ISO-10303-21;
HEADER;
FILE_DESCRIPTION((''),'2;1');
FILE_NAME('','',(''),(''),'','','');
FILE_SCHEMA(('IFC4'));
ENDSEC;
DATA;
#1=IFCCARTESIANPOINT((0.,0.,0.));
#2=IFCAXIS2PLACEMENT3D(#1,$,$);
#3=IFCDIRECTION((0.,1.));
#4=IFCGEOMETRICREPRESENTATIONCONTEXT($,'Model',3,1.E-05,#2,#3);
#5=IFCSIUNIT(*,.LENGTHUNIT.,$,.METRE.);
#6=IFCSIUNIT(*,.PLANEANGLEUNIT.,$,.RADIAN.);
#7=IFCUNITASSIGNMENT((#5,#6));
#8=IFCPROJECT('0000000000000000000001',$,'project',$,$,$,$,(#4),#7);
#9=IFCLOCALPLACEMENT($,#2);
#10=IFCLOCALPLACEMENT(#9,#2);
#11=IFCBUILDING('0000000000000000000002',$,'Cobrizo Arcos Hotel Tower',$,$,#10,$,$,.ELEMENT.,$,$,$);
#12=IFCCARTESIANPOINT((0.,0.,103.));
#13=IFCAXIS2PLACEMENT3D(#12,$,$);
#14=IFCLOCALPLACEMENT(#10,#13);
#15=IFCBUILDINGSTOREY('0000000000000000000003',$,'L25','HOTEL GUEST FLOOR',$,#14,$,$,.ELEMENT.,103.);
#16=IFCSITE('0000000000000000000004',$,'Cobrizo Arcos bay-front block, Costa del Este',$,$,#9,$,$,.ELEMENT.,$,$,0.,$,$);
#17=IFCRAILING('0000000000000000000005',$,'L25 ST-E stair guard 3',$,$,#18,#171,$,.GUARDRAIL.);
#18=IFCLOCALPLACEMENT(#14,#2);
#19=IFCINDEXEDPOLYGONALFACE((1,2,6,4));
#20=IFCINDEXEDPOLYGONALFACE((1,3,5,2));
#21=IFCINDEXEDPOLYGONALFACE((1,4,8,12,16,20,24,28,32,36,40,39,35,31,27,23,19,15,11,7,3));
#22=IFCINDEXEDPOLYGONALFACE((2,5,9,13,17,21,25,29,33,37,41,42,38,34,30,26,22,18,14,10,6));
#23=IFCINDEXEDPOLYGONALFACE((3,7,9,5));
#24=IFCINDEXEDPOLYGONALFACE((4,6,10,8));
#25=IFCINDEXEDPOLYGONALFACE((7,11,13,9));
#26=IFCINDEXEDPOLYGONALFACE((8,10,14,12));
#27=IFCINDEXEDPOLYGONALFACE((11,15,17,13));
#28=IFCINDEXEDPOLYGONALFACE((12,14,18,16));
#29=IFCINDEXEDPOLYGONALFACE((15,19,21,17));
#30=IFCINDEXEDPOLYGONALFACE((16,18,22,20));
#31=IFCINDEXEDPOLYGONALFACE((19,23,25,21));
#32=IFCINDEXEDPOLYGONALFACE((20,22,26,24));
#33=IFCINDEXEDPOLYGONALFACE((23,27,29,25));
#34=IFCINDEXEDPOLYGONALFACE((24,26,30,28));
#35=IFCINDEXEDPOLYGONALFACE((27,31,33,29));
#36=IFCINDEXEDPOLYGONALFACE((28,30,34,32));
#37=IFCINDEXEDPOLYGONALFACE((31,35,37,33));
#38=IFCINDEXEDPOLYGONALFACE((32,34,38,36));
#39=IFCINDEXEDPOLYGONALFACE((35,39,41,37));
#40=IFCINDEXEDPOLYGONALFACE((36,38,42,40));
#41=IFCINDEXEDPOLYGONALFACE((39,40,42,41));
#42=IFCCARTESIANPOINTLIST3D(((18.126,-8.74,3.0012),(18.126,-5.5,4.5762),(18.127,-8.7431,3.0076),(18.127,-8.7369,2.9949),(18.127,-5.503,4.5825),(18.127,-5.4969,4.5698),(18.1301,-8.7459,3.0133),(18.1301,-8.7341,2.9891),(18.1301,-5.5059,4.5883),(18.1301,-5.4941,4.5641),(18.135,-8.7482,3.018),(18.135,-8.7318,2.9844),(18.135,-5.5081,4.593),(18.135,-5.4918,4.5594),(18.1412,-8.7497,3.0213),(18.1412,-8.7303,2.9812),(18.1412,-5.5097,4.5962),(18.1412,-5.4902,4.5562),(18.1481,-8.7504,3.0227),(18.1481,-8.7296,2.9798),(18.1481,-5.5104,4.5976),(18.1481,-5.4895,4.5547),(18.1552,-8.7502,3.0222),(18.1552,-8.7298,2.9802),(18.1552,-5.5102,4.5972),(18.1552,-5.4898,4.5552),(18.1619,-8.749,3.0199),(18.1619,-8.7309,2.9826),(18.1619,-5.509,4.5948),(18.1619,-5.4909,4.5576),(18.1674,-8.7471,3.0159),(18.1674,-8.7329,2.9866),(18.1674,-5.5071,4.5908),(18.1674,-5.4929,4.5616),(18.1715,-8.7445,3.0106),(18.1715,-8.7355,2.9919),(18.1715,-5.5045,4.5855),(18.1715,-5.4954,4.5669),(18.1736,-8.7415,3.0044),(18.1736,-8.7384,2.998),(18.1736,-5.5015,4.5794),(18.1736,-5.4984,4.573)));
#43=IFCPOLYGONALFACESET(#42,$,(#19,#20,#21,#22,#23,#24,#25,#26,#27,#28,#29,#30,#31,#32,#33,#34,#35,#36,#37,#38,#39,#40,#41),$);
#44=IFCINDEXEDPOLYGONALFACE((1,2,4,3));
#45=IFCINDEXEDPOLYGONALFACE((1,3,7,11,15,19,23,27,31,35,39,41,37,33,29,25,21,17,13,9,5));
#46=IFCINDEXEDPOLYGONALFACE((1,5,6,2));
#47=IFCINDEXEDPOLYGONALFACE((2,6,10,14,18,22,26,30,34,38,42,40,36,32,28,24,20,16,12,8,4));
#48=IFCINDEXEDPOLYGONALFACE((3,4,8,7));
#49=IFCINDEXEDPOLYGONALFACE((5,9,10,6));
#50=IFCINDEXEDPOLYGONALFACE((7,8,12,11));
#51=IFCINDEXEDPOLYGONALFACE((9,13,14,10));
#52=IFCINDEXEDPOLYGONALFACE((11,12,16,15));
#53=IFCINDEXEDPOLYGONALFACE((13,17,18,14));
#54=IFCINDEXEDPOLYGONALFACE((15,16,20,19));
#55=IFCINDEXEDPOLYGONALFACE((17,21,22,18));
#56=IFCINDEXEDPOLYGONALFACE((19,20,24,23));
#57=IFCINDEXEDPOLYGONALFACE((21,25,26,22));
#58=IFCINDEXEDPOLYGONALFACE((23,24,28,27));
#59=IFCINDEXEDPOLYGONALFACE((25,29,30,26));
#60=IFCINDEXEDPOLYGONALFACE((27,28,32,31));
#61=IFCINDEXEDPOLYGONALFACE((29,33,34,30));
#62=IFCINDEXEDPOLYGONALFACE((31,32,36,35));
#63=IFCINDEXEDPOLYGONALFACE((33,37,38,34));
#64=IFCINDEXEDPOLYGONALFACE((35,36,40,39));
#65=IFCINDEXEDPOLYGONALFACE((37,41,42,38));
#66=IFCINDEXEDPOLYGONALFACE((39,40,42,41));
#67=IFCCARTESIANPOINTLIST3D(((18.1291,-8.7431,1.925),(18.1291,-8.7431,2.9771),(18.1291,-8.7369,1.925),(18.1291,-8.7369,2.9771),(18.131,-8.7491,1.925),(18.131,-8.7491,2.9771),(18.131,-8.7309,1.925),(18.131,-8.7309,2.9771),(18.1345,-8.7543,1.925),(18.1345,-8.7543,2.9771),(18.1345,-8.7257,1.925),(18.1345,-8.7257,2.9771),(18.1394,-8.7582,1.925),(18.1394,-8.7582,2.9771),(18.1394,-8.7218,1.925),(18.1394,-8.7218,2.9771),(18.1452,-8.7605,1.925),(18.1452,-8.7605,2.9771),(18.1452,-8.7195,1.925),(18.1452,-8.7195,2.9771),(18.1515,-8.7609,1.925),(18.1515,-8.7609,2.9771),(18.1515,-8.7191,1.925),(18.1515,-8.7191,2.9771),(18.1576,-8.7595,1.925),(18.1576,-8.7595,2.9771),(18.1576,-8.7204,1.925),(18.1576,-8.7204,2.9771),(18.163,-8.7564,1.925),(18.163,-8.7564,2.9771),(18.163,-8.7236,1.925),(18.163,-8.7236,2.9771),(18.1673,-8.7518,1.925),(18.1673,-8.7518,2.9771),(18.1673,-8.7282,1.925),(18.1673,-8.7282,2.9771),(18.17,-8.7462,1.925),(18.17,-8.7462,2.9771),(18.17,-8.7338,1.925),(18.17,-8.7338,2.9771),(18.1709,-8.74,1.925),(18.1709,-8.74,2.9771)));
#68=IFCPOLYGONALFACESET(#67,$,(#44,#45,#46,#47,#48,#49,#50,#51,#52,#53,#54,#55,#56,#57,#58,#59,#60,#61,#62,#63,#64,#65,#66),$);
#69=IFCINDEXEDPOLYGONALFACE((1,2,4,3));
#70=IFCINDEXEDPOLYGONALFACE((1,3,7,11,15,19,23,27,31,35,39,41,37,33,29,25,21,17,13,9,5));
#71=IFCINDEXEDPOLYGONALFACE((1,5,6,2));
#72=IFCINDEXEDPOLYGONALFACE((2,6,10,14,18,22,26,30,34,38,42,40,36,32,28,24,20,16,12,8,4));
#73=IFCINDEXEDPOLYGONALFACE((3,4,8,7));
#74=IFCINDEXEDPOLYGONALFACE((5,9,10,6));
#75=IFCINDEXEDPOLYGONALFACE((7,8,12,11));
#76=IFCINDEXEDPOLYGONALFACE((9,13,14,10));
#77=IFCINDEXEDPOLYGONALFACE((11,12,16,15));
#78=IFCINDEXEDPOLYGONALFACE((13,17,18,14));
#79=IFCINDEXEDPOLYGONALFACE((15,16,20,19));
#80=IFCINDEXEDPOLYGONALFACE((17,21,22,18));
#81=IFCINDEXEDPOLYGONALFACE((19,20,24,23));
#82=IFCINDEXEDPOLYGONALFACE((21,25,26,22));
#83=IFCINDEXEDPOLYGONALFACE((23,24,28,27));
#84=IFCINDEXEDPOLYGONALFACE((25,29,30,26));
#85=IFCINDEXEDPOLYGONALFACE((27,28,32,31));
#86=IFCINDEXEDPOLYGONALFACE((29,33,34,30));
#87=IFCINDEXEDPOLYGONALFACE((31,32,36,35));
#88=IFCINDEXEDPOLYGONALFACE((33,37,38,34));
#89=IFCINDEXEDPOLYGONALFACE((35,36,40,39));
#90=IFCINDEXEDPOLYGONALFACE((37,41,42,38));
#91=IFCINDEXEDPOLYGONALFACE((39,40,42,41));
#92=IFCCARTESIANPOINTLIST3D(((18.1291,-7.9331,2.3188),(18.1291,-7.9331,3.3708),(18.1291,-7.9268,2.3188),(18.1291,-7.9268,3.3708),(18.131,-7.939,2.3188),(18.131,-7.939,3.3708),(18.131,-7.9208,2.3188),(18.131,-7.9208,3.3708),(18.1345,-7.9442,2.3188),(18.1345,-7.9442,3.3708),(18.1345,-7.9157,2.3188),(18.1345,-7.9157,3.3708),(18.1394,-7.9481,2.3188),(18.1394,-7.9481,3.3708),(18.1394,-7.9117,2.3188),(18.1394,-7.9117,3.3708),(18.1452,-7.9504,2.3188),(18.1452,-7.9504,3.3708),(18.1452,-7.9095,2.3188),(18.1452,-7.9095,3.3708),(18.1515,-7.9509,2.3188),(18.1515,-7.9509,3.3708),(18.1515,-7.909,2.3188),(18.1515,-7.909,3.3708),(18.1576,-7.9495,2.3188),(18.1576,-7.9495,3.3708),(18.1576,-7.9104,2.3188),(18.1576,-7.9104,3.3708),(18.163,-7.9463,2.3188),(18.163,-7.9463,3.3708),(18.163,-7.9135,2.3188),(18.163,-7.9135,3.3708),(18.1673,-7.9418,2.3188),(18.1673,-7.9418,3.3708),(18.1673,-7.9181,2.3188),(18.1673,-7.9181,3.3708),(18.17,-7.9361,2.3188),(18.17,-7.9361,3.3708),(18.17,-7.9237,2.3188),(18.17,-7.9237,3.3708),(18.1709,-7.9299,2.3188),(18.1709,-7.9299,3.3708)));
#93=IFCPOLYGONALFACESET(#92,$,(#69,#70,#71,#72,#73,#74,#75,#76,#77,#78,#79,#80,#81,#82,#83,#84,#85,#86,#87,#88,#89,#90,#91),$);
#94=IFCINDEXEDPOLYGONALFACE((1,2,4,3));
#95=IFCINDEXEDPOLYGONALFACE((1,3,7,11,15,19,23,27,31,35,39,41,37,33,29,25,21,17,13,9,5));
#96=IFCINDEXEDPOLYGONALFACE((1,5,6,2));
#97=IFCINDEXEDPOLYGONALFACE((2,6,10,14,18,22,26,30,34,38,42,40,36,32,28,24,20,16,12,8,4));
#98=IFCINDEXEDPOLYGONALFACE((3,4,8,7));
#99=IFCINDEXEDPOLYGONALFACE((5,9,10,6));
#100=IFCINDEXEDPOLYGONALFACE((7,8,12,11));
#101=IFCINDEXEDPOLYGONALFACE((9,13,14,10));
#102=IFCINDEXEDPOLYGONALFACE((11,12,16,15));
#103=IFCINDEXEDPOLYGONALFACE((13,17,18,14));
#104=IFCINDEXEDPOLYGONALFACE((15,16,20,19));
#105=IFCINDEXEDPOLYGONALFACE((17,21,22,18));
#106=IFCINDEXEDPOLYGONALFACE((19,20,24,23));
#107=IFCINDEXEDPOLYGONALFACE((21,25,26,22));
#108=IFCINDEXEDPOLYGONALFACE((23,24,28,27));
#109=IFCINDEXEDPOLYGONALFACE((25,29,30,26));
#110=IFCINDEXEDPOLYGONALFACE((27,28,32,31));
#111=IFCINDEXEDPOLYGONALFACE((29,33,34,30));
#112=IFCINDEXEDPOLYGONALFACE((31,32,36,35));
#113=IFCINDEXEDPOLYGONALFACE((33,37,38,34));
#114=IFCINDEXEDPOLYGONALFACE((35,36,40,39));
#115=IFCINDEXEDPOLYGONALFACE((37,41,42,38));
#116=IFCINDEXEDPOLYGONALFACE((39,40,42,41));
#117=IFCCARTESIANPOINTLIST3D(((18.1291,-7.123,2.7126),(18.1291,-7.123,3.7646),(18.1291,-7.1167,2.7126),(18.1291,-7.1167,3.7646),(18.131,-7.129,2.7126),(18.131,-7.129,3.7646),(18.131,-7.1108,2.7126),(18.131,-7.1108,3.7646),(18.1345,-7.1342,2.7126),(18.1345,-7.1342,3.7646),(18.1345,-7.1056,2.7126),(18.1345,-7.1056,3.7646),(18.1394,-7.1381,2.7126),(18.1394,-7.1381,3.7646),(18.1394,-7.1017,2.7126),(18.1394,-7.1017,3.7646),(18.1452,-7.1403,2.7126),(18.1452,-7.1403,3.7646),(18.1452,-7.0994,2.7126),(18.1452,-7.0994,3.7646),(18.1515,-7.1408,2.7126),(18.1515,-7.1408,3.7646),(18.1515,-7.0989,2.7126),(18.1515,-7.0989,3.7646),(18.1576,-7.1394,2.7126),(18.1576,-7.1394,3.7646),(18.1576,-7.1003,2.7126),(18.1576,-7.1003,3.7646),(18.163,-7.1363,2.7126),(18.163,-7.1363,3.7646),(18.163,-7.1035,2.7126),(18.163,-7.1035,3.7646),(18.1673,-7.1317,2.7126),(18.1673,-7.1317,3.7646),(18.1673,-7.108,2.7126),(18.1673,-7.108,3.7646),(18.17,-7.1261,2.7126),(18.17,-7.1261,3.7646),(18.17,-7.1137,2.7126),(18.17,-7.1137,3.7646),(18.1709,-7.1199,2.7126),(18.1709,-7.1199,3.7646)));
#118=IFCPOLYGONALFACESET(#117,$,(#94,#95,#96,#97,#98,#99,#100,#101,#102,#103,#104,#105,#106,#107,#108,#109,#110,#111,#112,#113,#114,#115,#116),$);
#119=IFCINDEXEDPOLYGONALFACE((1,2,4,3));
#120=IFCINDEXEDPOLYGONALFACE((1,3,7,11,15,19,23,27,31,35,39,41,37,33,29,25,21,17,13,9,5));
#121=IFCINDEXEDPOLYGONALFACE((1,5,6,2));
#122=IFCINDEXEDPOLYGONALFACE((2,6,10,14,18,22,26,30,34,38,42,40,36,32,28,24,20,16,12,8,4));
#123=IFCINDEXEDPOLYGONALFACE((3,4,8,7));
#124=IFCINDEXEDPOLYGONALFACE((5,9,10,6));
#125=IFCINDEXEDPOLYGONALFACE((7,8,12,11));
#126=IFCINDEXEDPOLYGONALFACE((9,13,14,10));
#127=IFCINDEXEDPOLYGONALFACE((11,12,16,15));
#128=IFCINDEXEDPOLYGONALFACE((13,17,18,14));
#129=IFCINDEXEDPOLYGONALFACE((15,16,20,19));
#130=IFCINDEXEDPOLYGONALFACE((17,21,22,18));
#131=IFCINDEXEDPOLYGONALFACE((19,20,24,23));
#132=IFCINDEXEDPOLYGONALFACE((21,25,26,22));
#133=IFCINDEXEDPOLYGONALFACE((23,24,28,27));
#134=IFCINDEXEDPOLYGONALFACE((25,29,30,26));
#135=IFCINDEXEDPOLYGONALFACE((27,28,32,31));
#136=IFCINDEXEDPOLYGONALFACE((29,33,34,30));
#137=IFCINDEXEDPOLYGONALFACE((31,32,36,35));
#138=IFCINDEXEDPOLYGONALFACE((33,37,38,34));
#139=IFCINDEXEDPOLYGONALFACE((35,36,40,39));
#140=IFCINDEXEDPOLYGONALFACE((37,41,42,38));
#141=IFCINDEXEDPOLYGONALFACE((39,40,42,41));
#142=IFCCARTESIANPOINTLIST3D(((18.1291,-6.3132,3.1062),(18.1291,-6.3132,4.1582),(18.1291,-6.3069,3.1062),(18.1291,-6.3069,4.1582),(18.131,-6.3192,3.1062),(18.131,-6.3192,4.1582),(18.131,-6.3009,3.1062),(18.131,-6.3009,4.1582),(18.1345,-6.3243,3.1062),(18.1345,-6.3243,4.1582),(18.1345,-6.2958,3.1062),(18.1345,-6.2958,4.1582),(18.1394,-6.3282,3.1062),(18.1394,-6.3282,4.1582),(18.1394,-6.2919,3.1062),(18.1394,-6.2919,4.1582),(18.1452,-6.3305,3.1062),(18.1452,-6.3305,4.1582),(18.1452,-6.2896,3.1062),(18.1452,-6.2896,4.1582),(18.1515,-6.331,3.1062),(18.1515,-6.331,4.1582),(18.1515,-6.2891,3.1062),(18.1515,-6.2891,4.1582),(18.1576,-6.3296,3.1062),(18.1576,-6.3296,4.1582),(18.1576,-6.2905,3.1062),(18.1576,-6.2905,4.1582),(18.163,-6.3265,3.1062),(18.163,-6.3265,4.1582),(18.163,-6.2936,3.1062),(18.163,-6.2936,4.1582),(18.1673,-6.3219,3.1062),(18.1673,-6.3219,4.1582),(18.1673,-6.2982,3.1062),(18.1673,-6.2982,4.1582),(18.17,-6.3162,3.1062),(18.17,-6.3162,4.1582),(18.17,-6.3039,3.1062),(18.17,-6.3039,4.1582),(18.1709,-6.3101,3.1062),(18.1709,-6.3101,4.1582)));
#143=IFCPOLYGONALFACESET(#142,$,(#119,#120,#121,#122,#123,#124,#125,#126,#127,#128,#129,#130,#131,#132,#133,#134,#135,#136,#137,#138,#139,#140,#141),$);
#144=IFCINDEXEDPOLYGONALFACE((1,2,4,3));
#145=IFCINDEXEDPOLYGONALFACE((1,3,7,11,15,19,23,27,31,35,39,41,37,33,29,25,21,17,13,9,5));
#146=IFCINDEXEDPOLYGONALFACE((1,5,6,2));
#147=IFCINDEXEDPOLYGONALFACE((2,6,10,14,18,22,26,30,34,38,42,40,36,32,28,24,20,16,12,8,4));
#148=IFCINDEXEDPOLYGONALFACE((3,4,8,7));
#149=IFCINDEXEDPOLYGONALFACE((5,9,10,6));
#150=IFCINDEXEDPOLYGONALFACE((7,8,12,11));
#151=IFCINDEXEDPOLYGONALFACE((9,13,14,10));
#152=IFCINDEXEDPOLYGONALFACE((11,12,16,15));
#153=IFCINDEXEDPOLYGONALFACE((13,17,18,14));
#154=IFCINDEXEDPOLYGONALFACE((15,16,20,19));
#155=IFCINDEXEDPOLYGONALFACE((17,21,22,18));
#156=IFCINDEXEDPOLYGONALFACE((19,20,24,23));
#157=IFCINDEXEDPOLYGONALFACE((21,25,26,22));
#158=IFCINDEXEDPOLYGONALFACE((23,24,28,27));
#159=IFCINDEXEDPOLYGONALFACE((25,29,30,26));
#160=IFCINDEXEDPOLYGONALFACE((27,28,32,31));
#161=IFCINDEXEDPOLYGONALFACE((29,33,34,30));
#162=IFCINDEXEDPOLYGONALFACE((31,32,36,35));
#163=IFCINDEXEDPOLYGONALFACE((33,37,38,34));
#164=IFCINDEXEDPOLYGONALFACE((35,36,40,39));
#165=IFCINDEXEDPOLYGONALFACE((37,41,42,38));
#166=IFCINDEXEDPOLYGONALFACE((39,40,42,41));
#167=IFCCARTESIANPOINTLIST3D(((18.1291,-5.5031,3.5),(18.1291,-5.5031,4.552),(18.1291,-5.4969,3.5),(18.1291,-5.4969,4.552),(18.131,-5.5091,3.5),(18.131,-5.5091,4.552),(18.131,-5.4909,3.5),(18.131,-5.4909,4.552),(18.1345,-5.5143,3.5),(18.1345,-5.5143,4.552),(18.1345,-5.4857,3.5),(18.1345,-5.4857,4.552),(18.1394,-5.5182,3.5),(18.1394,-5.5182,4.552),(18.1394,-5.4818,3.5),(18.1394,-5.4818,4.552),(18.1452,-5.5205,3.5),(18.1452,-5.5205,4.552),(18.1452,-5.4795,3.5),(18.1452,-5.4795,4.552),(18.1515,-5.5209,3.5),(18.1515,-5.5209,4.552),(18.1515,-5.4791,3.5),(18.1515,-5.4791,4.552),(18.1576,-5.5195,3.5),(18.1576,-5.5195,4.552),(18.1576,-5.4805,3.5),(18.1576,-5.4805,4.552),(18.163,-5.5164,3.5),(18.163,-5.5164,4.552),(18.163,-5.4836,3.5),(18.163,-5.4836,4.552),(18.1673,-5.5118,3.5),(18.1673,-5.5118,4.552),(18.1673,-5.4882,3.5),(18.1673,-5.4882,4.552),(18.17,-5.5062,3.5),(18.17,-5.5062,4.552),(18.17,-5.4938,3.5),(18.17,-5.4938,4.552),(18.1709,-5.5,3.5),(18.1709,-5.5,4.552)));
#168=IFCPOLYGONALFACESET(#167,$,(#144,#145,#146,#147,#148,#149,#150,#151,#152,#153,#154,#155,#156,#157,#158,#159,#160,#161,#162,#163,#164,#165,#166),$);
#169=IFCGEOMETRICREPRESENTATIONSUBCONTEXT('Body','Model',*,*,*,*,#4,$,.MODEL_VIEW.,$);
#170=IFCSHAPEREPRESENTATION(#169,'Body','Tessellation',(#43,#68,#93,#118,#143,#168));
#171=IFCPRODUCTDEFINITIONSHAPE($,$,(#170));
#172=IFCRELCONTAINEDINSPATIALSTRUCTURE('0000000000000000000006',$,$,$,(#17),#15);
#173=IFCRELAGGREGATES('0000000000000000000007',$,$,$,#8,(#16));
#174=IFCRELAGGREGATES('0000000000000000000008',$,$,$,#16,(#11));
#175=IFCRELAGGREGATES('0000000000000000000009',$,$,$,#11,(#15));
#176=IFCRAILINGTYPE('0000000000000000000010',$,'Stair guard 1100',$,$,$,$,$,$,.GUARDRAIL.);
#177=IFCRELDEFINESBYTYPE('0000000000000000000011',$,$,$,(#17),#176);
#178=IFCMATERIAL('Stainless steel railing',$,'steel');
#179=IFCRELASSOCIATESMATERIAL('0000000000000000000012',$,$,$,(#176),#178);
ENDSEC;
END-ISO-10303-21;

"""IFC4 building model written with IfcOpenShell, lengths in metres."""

from ifc_helpers import new_model, si_unit, direction, frame, origin, origin_2d, place, context, subcontext, project, spatial, circle, extrude, material, type_object, element, save


model = new_model("IFC4")

# Units and contexts
model_context = context("Model", 3, precision=1e-05, world=origin(), true_north=direction((0.0, 1.0)))
body_context = subcontext(model_context, "Body", "Model", "MODEL_VIEW")
ifc_project = project(units=[si_unit("LENGTHUNIT", "METRE"), si_unit("PLANEANGLEUNIT", "RADIAN")], contexts=[model_context])

# Site, building, storey
site_placement = place(None, origin())
site = spatial("IfcSite", under=ifc_project, at=site_placement, Name="Cobrizo Arcos bay-front block, Costa del Este", CompositionType="ELEMENT", RefElevation=0.0)
building_placement = place(site_placement, origin())
building = spatial("IfcBuilding", under=site, at=building_placement, Name="Cobrizo Arcos Hotel Tower", CompositionType="ELEMENT")
storey_placement = place(building_placement, frame((0.0, 0.0, 103.0)))
storey = spatial("IfcBuildingStorey", under=building, at=storey_placement, Name="L25", Description="HOTEL GUEST FLOOR", CompositionType="ELEMENT", Elevation=103.0)

# Railing
ifc_material_1 = material(Name="Stainless steel railing", Category="steel")
railing_type_1 = type_object("IfcRailingType", Name="Stair guard 1100", PredefinedType="GUARDRAIL", material=ifc_material_1)
railing_1_placement = place(storey_placement, frame((18.1499, -8.74, 1.925)))
element("IfcRailing", 1, at=railing_1_placement, inside=storey, type_object=railing_type_1, Name="L25 ST-E stair guard 3", PredefinedType="GUARDRAIL", context=body_context, shape_type="SweptSolid", body=[
    extrude(circle(Radius=0.0239, at=origin_2d()), frame((0.0, 0.0, 1.0762), z_axis=(0.0, 0.899373, 0.437183), x_axis=(-1.0, 0.0, 0.0)), (0.0, 0.0, 1.0), 3.6025),
    extrude(circle(Radius=0.021, at=origin_2d()), origin(), (0.0, 0.0, 1.0), 1.052),
    extrude(circle(Radius=0.021, at=origin_2d()), frame((0.0, 0.8101, 0.3938)), (0.0, 0.0, 1.0), 1.052),
    extrude(circle(Radius=0.021, at=origin_2d()), frame((0.0, 1.6201, 0.7876)), (0.0, 0.0, 1.0), 1.052),
    extrude(circle(Radius=0.021, at=origin_2d()), frame((0.0, 2.4299, 1.1812)), (0.0, 0.0, 1.0), 1.052),
    extrude(circle(Radius=0.021, at=origin_2d()), frame((0.0, 3.24, 1.575)), (0.0, 0.0, 1.0), 1.052),
])

save(model, "model.ifc")
